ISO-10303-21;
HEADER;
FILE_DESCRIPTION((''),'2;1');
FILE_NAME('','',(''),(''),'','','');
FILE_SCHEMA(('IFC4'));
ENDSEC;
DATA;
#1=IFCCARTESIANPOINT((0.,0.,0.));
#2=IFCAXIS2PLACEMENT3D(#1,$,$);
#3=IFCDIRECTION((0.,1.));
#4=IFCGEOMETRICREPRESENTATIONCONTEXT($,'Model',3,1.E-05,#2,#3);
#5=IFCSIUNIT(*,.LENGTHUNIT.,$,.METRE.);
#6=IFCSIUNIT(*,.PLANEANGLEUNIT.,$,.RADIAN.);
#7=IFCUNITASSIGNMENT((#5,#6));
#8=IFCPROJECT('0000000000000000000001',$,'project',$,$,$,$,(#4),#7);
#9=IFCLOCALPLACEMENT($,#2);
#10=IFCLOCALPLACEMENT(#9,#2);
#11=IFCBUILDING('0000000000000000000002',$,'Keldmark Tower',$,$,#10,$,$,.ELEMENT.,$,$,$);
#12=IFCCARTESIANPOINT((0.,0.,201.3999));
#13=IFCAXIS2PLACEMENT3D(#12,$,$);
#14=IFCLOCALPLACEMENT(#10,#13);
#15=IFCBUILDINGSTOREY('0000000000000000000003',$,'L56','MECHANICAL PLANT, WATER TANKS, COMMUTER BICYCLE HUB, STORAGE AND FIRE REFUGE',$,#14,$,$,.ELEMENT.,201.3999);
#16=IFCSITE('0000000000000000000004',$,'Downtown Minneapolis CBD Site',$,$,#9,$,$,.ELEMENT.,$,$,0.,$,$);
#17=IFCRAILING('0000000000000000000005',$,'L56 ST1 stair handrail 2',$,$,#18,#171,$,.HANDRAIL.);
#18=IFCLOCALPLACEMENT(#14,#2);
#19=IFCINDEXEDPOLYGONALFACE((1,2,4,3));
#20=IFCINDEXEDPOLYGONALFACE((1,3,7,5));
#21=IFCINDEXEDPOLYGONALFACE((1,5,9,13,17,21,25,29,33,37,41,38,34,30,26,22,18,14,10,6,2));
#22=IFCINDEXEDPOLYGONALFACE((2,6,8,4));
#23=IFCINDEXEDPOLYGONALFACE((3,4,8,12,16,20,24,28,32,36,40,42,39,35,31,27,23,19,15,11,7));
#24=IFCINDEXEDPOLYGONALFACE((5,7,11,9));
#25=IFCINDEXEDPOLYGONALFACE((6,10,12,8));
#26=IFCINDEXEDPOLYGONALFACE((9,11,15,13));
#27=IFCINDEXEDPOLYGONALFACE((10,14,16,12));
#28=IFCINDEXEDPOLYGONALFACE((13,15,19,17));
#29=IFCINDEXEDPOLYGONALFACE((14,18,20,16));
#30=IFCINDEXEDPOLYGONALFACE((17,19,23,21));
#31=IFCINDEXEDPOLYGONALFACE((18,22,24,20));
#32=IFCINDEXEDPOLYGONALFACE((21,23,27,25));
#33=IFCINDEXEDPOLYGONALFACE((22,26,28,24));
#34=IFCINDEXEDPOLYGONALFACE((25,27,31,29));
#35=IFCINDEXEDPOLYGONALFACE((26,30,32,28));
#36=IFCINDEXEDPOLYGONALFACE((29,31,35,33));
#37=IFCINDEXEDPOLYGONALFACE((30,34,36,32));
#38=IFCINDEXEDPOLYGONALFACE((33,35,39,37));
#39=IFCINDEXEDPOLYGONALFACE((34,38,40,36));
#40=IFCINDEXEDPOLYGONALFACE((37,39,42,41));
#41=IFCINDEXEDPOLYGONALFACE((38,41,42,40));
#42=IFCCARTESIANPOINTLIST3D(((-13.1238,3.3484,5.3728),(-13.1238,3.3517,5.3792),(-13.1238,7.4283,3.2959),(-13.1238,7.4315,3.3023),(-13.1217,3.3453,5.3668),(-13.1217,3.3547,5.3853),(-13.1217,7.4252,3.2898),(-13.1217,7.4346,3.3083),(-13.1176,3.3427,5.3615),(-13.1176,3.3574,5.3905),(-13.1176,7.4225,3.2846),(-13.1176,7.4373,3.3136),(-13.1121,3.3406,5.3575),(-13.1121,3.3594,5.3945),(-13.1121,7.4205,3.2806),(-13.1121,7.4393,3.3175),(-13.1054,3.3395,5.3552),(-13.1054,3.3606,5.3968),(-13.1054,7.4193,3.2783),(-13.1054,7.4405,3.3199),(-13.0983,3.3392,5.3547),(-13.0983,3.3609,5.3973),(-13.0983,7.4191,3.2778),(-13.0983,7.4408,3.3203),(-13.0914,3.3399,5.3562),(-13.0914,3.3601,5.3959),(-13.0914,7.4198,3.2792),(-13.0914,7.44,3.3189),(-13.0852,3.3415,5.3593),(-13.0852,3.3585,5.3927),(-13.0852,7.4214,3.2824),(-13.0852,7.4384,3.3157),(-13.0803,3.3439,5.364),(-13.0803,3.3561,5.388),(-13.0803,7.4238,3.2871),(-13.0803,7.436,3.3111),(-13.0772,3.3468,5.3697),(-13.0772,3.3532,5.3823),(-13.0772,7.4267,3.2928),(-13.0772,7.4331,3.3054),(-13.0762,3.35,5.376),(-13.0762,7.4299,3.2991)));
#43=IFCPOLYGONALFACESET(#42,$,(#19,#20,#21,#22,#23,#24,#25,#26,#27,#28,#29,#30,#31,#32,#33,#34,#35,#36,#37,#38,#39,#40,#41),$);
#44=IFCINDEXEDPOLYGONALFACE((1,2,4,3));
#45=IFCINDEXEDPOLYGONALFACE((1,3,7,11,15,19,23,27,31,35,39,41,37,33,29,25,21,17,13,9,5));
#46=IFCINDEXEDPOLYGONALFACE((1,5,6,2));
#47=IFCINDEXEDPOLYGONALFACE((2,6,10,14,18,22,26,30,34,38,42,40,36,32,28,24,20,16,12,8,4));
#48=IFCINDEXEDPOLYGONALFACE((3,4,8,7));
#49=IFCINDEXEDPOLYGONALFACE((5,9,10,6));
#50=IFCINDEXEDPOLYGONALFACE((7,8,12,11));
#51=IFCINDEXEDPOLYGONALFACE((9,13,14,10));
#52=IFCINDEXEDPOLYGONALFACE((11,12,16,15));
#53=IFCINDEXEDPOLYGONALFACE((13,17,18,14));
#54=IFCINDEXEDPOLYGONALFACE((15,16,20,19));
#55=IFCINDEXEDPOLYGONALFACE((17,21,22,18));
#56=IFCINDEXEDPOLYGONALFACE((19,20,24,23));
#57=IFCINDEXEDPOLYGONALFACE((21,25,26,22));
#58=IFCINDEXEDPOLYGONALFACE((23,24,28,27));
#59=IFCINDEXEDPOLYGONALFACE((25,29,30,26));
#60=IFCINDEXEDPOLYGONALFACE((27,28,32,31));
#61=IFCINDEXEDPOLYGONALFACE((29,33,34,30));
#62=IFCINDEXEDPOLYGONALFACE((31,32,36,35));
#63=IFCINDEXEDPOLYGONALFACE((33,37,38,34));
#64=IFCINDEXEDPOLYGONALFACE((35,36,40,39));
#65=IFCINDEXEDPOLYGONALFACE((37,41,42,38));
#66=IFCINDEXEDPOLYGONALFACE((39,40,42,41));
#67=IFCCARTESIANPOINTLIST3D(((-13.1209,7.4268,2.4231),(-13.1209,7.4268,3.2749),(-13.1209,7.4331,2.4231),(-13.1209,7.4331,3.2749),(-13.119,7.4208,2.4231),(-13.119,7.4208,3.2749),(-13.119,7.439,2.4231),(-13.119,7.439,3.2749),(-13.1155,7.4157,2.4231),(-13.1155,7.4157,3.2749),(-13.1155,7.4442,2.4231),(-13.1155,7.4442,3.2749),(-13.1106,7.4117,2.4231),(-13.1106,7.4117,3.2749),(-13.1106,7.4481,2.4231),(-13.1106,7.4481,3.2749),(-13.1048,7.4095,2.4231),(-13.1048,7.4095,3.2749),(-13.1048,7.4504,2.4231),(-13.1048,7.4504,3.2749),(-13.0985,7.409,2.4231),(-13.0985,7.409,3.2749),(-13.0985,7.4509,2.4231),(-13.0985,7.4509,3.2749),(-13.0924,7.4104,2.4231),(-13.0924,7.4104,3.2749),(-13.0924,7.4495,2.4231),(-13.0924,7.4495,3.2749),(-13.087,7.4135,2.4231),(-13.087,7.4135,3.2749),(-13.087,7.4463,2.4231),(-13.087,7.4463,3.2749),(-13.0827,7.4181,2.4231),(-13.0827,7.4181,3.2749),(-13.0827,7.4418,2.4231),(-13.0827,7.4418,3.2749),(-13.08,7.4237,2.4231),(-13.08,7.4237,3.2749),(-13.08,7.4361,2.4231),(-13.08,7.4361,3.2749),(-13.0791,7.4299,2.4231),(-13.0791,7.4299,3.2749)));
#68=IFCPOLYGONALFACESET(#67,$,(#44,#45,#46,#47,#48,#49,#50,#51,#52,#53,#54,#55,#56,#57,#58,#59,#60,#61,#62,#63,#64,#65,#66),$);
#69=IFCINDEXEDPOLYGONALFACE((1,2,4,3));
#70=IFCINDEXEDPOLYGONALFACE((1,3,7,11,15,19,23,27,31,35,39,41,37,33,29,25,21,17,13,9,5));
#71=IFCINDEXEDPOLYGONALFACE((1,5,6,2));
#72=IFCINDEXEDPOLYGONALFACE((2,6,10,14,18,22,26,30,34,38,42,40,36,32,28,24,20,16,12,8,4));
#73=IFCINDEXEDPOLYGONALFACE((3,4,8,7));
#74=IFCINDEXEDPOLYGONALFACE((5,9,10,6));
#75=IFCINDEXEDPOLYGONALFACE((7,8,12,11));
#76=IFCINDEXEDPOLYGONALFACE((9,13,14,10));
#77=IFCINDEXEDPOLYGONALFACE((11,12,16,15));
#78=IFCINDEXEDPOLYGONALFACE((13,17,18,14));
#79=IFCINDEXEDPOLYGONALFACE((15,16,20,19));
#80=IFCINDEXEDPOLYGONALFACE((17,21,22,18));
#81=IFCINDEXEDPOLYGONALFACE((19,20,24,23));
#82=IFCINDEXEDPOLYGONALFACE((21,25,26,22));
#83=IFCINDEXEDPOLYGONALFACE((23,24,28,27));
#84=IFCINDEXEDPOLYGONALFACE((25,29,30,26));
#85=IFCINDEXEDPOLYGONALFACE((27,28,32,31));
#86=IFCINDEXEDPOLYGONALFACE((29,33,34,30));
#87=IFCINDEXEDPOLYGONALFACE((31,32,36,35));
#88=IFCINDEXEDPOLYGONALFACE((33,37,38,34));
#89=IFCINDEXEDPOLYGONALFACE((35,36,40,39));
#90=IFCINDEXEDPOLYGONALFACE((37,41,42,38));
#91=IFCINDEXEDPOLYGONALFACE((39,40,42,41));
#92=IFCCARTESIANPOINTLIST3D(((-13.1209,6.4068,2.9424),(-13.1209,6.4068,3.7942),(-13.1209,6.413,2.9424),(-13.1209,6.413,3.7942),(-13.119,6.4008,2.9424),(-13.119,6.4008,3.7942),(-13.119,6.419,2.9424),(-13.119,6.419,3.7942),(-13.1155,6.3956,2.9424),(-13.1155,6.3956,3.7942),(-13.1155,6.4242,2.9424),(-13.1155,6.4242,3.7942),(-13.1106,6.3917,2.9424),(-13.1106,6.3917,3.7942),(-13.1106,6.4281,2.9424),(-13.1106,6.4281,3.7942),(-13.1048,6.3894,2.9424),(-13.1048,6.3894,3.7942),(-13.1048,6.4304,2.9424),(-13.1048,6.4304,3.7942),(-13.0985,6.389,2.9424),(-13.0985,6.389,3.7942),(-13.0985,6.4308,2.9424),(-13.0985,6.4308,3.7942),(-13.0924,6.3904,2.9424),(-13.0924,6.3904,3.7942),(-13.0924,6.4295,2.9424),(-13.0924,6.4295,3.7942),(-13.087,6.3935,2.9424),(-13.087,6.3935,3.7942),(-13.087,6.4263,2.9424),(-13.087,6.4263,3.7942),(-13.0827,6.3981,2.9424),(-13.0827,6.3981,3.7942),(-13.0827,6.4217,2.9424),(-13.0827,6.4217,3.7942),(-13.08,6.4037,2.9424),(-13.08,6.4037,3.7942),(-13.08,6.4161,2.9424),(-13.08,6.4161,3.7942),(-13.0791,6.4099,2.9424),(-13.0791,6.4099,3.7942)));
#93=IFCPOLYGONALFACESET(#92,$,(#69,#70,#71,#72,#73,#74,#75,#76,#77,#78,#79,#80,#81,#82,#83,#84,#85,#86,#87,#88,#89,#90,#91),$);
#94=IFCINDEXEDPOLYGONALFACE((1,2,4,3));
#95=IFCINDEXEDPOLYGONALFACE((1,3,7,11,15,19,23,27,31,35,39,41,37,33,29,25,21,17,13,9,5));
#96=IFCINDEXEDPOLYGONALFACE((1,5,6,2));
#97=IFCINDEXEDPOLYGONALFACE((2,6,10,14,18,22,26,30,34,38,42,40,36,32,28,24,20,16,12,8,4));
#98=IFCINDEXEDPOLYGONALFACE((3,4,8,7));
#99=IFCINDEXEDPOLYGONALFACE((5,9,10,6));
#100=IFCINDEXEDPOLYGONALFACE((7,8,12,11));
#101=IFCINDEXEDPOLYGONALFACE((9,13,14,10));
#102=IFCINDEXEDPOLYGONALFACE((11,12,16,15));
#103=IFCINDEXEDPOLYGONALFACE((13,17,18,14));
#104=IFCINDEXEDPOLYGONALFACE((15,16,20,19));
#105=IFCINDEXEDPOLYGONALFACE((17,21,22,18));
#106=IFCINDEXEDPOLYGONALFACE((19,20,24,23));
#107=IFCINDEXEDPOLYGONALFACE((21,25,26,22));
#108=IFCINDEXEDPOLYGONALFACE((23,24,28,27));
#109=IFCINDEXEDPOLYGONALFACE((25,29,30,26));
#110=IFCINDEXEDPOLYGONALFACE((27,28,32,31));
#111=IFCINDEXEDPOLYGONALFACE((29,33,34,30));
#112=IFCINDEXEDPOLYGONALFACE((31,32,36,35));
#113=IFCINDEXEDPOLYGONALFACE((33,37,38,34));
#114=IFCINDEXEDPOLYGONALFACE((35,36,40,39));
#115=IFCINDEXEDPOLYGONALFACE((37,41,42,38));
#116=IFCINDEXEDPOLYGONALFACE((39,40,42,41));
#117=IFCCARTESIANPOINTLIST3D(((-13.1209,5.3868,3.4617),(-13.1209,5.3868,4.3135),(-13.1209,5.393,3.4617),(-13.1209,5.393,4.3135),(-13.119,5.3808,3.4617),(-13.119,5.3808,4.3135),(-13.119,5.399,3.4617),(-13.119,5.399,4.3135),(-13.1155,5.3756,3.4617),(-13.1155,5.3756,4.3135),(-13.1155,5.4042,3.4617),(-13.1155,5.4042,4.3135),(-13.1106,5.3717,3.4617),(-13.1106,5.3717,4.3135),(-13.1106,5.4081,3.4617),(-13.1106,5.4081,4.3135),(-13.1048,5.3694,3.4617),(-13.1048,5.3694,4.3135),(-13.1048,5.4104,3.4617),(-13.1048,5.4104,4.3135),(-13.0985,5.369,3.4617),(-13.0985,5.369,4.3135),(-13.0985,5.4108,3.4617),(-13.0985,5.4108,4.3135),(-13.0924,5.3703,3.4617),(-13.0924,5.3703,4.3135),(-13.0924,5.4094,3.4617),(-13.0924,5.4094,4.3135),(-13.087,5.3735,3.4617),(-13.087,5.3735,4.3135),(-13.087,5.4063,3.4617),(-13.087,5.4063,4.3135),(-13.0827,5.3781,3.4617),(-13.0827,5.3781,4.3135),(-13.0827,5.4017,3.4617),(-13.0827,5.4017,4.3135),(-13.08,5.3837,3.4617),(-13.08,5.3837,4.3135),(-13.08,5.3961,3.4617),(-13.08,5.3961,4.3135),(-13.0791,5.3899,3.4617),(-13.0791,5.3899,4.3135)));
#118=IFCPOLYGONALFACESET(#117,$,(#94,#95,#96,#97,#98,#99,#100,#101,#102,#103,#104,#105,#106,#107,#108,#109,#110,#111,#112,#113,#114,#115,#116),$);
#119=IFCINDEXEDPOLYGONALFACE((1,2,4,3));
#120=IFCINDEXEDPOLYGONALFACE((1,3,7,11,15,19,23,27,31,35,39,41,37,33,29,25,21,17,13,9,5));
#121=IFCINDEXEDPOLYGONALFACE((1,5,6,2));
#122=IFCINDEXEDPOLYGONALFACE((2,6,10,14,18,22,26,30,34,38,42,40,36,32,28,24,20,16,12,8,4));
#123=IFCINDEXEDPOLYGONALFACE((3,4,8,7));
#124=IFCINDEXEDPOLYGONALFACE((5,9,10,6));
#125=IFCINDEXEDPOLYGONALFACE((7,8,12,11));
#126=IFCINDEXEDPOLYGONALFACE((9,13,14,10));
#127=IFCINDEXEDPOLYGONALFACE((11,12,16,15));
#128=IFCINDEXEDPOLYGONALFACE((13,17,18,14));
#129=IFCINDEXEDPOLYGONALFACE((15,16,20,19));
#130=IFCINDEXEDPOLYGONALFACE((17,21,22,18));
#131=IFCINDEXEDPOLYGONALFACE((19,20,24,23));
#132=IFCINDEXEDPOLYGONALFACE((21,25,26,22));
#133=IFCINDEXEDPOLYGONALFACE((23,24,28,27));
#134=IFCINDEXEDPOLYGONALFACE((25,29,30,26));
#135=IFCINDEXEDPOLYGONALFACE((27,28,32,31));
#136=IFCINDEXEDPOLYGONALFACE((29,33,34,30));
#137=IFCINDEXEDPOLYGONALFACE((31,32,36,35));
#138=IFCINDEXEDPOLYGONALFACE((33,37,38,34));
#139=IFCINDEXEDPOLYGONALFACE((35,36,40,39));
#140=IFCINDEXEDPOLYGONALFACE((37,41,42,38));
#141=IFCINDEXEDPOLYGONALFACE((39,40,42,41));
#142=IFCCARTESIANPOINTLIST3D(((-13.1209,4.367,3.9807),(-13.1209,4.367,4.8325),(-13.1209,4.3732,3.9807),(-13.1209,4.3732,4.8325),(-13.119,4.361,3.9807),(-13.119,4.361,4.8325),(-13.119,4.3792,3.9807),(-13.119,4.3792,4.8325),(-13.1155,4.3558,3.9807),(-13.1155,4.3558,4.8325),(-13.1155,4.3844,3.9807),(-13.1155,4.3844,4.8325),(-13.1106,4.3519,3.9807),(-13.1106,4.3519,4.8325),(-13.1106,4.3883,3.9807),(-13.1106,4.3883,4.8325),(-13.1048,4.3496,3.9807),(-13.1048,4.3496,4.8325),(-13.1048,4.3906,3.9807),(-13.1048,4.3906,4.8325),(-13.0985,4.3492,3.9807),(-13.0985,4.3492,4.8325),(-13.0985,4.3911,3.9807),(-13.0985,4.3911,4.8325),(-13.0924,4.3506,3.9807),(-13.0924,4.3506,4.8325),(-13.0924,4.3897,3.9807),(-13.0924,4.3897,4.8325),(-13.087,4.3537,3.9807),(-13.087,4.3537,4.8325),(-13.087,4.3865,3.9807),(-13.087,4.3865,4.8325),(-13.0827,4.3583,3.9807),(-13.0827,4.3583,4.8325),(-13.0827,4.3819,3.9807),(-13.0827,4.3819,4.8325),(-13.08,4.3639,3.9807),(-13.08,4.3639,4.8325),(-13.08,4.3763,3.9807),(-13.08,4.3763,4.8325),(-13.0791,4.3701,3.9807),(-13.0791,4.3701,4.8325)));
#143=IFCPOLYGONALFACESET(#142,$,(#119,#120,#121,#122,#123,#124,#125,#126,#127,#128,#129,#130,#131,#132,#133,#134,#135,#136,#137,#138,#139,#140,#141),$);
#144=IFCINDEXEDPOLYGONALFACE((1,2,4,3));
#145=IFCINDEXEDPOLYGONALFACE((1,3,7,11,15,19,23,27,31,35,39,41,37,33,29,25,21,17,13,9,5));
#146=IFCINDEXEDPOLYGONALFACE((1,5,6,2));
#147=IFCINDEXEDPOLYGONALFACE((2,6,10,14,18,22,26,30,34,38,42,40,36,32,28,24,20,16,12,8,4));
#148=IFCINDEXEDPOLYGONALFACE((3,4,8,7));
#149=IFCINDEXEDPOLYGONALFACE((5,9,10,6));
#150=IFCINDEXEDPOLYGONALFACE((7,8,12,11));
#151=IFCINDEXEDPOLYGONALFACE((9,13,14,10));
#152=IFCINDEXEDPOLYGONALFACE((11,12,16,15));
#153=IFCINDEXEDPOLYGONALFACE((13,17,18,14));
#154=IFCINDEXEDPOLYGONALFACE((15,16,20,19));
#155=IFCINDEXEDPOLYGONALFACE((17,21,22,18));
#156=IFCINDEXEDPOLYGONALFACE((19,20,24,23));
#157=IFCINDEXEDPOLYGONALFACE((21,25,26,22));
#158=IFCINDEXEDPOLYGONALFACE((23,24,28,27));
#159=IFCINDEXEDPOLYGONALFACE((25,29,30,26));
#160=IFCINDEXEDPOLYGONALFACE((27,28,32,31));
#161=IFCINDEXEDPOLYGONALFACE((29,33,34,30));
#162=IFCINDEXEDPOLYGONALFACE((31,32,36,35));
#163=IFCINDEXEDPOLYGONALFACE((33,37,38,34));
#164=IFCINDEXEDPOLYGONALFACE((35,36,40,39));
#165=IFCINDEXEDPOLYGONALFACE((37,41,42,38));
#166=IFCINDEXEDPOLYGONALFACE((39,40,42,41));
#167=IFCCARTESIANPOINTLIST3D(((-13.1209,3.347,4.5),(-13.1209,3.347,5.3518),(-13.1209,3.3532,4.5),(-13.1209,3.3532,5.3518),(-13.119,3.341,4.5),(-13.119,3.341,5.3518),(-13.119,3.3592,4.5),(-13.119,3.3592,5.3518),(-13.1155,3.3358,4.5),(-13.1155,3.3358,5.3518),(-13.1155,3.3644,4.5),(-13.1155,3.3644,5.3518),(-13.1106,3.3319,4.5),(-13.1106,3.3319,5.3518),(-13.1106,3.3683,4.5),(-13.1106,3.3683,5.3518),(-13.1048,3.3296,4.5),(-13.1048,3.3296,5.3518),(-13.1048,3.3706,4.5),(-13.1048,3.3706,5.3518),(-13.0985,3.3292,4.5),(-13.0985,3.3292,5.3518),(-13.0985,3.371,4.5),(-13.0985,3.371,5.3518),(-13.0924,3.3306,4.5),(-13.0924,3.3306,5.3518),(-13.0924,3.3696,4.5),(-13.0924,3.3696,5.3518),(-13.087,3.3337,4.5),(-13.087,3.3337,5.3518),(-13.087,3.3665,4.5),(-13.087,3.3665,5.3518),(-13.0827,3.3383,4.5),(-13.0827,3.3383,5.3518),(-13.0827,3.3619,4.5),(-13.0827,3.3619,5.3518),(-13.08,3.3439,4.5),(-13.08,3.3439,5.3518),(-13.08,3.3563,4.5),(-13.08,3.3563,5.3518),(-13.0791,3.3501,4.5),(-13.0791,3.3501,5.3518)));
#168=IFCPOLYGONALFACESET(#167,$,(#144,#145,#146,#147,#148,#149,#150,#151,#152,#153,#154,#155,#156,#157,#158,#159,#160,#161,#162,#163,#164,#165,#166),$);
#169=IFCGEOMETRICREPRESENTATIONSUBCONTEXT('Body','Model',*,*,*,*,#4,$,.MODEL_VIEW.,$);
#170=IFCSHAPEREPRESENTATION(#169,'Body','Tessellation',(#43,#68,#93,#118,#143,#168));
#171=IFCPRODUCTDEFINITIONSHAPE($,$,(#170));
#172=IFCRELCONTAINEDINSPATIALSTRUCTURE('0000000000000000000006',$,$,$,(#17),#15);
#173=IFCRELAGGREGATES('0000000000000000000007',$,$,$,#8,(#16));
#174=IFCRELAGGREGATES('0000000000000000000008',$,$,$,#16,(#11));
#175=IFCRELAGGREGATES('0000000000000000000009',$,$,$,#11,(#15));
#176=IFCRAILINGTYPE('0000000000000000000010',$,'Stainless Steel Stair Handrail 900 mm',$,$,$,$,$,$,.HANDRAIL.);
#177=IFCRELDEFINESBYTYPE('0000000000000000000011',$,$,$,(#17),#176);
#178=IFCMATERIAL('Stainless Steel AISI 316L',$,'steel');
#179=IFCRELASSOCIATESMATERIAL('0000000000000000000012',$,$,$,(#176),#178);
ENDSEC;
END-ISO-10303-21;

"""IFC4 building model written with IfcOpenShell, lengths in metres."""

from ifc_helpers import new_model, si_unit, direction, frame, origin, origin_2d, place, context, subcontext, project, spatial, circle, extrude, material, type_object, element, save


model = new_model("IFC4")

# Units and contexts
model_context = context("Model", 3, precision=1e-05, world=origin(), true_north=direction((0.0, 1.0)))
body_context = subcontext(model_context, "Body", "Model", "MODEL_VIEW")
ifc_project = project(units=[si_unit("LENGTHUNIT", "METRE"), si_unit("PLANEANGLEUNIT", "RADIAN")], contexts=[model_context])

# Site, building, storey
site_placement = place(None, origin())
site = spatial("IfcSite", under=ifc_project, at=site_placement, Name="Downtown Minneapolis CBD Site", CompositionType="ELEMENT", RefElevation=0.0)
building_placement = place(site_placement, origin())
building = spatial("IfcBuilding", under=site, at=building_placement, Name="Keldmark Tower", CompositionType="ELEMENT")
storey_placement = place(building_placement, frame((0.0, 0.0, 201.3999)))
storey = spatial("IfcBuildingStorey", under=building, at=storey_placement, Name="L56", Description="MECHANICAL PLANT, WATER TANKS, COMMUTER BICYCLE HUB, STORAGE AND FIRE REFUGE", CompositionType="ELEMENT", Elevation=201.3999)

# Railing
ifc_material_1 = material(Name="Stainless Steel AISI 316L", Category="steel")
railing_type_1 = type_object("IfcRailingType", Name="Stainless Steel Stair Handrail 900 mm", PredefinedType="HANDRAIL", material=ifc_material_1)
railing_1_placement = place(storey_placement, frame((-13.1001, 7.4299, 2.4231)))
element("IfcRailing", 1, at=railing_1_placement, inside=storey, type_object=railing_type_1, Name="L56 ST1 stair handrail 2", PredefinedType="HANDRAIL", context=body_context, shape_type="SweptSolid", body=[
    extrude(circle(Radius=0.0239, at=origin_2d()), frame((0.0, 0.0, 0.876), z_axis=(0.0, -0.891172, 0.453665), x_axis=(1.0, 0.0, 0.0)), (0.0, 0.0, 1.0), 4.5781),
    extrude(circle(Radius=0.021, at=origin_2d()), origin(), (0.0, 0.0, 1.0), 0.8518),
    extrude(circle(Radius=0.021, at=origin_2d()), frame((0.0, -1.02, 0.5193)), (0.0, 0.0, 1.0), 0.8518),
    extrude(circle(Radius=0.021, at=origin_2d()), frame((0.0, -2.04, 1.0386)), (0.0, 0.0, 1.0), 0.8518),
    extrude(circle(Radius=0.021, at=origin_2d()), frame((0.0, -3.0598, 1.5576)), (0.0, 0.0, 1.0), 0.8518),
    extrude(circle(Radius=0.021, at=origin_2d()), frame((0.0, -4.0798, 2.0769)), (0.0, 0.0, 1.0), 0.8518),
])

save(model, "model.ifc")
